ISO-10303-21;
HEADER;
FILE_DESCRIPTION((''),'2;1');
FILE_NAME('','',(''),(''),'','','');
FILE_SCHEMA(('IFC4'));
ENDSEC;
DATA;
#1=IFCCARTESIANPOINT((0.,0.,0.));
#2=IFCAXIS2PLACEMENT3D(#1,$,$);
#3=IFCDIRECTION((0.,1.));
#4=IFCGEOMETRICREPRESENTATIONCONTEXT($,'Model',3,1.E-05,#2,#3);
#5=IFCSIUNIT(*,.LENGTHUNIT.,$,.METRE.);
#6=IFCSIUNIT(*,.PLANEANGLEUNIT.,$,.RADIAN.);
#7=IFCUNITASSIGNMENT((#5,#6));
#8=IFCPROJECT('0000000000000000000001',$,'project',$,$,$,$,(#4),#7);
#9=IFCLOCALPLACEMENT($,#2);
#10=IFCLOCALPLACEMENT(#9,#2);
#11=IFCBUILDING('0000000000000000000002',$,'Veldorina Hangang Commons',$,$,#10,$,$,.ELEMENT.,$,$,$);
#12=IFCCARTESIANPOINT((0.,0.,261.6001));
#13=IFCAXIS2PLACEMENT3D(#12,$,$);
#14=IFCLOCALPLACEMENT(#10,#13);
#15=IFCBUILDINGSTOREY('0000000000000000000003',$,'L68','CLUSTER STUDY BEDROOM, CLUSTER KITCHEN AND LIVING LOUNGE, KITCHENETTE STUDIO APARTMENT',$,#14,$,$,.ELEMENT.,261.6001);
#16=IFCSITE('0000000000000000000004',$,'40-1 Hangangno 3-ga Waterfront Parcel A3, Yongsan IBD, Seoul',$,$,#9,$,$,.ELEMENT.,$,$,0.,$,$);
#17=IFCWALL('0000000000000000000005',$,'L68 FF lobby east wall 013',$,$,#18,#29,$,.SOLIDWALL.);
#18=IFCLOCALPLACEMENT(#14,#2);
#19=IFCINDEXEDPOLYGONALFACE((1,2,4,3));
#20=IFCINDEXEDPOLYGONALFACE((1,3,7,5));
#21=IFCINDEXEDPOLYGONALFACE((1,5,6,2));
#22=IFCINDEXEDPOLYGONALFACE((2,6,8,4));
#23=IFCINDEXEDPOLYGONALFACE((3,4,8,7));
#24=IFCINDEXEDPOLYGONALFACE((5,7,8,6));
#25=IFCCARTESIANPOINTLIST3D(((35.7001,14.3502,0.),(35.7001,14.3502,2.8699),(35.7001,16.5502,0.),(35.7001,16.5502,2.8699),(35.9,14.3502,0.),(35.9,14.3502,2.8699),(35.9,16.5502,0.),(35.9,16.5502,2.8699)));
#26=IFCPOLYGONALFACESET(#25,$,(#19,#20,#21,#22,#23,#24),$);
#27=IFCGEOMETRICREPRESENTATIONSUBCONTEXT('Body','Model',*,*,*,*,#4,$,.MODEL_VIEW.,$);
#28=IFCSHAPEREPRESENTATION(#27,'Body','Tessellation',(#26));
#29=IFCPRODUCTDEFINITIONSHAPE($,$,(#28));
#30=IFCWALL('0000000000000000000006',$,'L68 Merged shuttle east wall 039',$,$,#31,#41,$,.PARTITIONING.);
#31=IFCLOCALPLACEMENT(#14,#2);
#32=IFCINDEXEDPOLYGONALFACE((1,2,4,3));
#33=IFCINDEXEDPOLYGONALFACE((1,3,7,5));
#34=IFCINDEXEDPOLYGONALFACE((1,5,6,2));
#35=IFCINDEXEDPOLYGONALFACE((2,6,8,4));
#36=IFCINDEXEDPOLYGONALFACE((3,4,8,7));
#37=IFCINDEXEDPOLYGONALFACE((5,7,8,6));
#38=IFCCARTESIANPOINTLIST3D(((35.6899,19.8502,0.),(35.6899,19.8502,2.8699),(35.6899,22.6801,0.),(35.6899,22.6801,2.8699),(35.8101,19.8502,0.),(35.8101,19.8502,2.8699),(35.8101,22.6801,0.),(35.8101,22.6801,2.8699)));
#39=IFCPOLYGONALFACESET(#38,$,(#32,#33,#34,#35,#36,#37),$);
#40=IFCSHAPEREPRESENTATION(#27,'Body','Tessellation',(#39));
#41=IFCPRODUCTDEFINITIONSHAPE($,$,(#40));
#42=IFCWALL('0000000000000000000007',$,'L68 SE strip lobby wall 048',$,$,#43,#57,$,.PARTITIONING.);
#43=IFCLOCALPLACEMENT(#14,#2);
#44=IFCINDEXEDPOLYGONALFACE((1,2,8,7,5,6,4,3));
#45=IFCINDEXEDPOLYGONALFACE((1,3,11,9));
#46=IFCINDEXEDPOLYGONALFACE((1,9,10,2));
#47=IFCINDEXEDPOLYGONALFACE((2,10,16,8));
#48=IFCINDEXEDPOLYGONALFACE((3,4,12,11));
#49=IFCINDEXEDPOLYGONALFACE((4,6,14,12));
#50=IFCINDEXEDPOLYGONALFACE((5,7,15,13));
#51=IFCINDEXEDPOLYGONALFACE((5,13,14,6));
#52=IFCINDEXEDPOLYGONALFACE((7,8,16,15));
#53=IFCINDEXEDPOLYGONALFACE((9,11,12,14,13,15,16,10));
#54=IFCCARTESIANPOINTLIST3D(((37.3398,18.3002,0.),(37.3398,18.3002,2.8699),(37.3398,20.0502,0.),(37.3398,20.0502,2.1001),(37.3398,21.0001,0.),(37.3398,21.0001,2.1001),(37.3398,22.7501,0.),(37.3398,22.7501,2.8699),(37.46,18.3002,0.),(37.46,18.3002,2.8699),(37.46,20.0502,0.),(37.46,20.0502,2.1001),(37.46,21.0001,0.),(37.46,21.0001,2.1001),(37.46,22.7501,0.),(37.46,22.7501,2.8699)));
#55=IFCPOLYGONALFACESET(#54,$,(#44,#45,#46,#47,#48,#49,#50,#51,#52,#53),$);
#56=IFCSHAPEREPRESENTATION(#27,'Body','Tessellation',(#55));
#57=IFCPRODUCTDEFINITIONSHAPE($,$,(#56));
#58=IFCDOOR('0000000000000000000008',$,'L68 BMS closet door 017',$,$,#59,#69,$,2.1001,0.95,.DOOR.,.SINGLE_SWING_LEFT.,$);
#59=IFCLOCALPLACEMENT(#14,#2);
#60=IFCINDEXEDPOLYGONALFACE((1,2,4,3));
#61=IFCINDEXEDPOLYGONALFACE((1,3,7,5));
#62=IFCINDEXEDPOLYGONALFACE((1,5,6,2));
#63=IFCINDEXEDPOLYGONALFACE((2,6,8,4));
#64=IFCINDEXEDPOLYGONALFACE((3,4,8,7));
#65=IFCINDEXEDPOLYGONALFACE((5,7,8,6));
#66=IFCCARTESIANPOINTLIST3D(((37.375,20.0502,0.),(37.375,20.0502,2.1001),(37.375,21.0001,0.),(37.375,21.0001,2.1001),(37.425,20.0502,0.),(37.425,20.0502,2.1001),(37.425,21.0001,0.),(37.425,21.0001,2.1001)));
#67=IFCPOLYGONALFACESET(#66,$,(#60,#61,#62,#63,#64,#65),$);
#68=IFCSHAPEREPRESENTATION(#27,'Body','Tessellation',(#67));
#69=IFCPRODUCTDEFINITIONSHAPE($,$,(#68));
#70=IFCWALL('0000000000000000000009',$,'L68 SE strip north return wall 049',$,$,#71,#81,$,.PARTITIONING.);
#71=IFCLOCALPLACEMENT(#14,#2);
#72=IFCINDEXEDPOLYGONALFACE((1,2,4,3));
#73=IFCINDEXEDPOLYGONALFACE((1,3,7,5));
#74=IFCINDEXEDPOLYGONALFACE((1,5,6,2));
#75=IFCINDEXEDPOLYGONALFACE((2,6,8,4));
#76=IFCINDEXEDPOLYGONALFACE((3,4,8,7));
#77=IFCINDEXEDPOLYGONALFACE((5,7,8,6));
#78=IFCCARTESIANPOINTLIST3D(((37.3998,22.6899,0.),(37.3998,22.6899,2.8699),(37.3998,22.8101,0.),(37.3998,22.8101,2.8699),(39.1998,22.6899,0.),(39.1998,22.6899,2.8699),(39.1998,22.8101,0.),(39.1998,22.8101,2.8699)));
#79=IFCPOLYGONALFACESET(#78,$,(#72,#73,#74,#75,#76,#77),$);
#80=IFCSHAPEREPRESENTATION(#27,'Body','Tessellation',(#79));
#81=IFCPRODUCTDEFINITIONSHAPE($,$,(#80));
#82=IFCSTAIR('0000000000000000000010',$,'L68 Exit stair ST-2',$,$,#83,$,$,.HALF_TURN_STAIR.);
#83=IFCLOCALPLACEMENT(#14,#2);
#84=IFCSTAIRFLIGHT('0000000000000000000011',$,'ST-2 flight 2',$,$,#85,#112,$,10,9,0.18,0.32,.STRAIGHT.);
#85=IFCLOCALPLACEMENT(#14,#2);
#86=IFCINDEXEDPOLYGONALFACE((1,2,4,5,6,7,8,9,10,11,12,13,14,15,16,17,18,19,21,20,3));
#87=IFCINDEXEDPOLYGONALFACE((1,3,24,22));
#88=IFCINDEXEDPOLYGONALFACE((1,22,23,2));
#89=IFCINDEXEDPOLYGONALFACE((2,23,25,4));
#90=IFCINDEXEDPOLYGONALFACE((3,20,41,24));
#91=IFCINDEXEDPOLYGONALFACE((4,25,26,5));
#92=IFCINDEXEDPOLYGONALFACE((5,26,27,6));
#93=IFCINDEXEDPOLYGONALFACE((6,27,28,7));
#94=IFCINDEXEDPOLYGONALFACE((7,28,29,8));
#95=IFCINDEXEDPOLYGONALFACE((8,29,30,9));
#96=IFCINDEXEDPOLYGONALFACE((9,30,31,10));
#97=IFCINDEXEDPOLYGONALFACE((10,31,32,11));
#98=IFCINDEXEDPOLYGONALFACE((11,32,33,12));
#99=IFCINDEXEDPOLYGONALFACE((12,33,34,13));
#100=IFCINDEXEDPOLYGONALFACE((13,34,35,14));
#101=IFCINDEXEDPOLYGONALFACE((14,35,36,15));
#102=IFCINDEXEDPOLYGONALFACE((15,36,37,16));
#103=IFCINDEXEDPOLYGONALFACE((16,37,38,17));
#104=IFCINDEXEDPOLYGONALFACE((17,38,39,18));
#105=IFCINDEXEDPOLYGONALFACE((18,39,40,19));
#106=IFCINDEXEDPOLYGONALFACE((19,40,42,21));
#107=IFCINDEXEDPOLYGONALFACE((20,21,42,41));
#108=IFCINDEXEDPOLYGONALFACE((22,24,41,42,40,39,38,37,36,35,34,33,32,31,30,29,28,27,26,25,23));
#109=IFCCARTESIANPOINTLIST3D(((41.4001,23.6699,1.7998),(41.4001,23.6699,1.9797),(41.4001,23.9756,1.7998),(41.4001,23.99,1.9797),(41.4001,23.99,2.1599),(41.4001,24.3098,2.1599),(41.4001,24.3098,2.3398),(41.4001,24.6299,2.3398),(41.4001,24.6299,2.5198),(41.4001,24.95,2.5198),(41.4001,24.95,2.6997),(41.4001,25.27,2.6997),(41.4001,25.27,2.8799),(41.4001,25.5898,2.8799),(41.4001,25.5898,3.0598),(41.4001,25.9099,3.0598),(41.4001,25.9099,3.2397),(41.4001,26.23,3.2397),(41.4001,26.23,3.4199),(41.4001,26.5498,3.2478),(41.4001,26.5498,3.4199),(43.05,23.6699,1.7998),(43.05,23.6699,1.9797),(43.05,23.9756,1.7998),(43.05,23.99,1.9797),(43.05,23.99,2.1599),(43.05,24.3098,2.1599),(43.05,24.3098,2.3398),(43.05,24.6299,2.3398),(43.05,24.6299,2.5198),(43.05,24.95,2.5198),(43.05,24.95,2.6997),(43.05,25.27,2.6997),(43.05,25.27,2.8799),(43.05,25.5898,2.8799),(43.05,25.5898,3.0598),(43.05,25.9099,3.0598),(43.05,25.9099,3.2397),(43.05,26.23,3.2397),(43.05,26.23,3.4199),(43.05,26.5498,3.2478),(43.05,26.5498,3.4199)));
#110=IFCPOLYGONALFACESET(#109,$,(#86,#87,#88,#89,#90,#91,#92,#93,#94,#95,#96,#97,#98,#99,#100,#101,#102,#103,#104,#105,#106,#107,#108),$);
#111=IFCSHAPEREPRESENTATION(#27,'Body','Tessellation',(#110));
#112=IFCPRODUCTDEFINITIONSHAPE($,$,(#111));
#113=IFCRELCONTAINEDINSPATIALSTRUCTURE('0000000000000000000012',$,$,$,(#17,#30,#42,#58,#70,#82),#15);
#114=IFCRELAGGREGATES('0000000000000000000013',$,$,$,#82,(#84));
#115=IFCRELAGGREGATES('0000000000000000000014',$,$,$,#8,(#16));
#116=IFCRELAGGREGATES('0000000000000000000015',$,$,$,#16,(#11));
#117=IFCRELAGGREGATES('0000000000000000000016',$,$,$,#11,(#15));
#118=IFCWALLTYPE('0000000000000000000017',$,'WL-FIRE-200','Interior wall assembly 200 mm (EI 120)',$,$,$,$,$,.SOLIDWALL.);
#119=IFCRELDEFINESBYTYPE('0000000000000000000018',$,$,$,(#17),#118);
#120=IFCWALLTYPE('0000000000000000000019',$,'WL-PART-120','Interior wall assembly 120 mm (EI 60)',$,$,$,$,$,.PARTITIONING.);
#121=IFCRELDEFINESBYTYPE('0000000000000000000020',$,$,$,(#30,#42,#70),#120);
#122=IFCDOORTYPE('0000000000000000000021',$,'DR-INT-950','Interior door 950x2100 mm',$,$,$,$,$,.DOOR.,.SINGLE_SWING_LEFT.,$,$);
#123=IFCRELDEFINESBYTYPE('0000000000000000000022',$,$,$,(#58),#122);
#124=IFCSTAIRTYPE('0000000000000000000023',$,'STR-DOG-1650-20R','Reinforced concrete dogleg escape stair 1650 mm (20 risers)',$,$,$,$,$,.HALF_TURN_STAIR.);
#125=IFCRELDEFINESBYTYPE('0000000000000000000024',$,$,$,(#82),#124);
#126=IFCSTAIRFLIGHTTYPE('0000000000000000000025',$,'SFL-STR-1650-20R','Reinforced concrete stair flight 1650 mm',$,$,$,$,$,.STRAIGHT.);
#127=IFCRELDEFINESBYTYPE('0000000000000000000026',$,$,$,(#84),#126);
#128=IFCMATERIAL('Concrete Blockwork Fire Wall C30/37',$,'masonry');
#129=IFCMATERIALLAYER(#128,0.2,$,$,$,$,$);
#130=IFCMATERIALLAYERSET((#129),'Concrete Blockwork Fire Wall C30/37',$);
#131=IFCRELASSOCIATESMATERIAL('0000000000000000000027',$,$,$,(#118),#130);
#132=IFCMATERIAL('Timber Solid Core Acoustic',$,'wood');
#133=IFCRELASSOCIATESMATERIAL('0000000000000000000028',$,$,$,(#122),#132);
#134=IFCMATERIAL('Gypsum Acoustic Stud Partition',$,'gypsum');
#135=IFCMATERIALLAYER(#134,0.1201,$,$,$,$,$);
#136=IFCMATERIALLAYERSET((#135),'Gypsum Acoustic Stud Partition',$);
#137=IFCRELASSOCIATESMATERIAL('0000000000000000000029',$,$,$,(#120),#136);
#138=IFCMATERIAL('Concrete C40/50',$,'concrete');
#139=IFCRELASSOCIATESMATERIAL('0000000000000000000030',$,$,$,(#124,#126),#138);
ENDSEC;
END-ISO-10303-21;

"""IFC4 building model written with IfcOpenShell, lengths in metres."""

from ifc_helpers import new_model, si_unit, direction, frame, frame_2d, origin, place, context, subcontext, project, spatial, polyline, rectangle, outline, extrude, material, layer, layer_set, type_object, element, fill, aggregate, save


model = new_model("IFC4")

# Units and contexts
model_context = context("Model", 3, precision=1e-05, world=origin(), true_north=direction((0.0, 1.0)))
body_context = subcontext(model_context, "Body", "Model", "MODEL_VIEW")
ifc_project = project(units=[si_unit("LENGTHUNIT", "METRE"), si_unit("PLANEANGLEUNIT", "RADIAN")], contexts=[model_context])

# Site, building, storey
site_placement = place(None, origin())
site = spatial("IfcSite", under=ifc_project, at=site_placement, Name="40-1 Hangangno 3-ga Waterfront Parcel A3, Yongsan IBD, Seoul", CompositionType="ELEMENT", RefElevation=0.0)
building_placement = place(site_placement, origin())
building = spatial("IfcBuilding", under=site, at=building_placement, Name="Veldorina Hangang Commons", CompositionType="ELEMENT")
storey_placement = place(building_placement, frame((0.0, 0.0, 261.6001)))
storey = spatial("IfcBuildingStorey", under=building, at=storey_placement, Name="L68", Description="CLUSTER STUDY BEDROOM, CLUSTER KITCHEN AND LIVING LOUNGE, KITCHENETTE STUDIO APARTMENT", CompositionType="ELEMENT", Elevation=261.6001)

# Shared definitions
ifc_material_1 = material(Name="Concrete Blockwork Fire Wall C30/37", Category="masonry")
ifc_layer_1 = layer(ifc_material_1, 0.2)
ifc_layer_set_1 = layer_set([ifc_layer_1], Name="Concrete Blockwork Fire Wall C30/37")
wall_type_1 = type_object("IfcWallType", Name="WL-FIRE-200", Description="Interior wall assembly 200 mm (EI 120)", PredefinedType="SOLIDWALL", material=ifc_layer_set_1)
ifc_material_2 = material(Name="Timber Solid Core Acoustic", Category="wood")
door_type_1 = type_object("IfcDoorType", Name="DR-INT-950", Description="Interior door 950x2100 mm", OperationType="SINGLE_SWING_LEFT", PredefinedType="DOOR", material=ifc_material_2)

# Walls
wall_1_placement = place(storey_placement, frame((35.8, 14.3501, 0.0), z_axis=(0.0, 0.0, 1.0), x_axis=(0.0, 1.0, 0.0)))
element("IfcWall", 1, at=wall_1_placement, inside=storey, type_object=wall_type_1, Name="L68 FF lobby east wall 013", PredefinedType="SOLIDWALL", context=body_context, shape_type="SweptSolid", body=[
    extrude(rectangle(XDim=2.2, YDim=0.2, at=frame_2d((1.1001, 0.0))), origin(), (0.0, 0.0, 1.0), 2.8699),
])
ifc_material_3 = material(Name="Gypsum Acoustic Stud Partition", Category="gypsum")
ifc_layer_2 = layer(ifc_material_3, 0.1201)
ifc_layer_set_2 = layer_set([ifc_layer_2], Name="Gypsum Acoustic Stud Partition")
wall_type_2 = type_object("IfcWallType", Name="WL-PART-120", Description="Interior wall assembly 120 mm (EI 60)", PredefinedType="PARTITIONING", material=ifc_layer_set_2)
wall_2_placement = place(storey_placement, frame((35.75, 19.8501, 0.0), z_axis=(0.0, 0.0, 1.0), x_axis=(0.0, 1.0, 0.0)))
element("IfcWall", 2, at=wall_2_placement, inside=storey, type_object=wall_type_2, Name="L68 Merged shuttle east wall 039", PredefinedType="PARTITIONING", context=body_context, shape_type="SweptSolid", body=[
    extrude(rectangle(XDim=2.8298, YDim=0.1201, at=frame_2d((1.415, 0.0))), origin(), (0.0, 0.0, 1.0), 2.8699),
])

# Wall, opening, door
wall_3_placement = place(storey_placement, frame((37.3999, 18.3, 0.0), z_axis=(0.0, 0.0, 1.0), x_axis=(0.0, 1.0, 0.0)))
wall_3 = element("IfcWall", 3, at=wall_3_placement, inside=storey, type_object=wall_type_2, Name="L68 SE strip lobby wall 048", PredefinedType="PARTITIONING", context=body_context, shape_type="SweptSolid", body=[
    extrude(rectangle(XDim=4.45, YDim=0.1201, at=frame_2d((2.2251, 0.0))), origin(), (0.0, 0.0, 1.0), 2.8699),
])
opening_1_placement = place(wall_3_placement, frame((1.75, 0.0, 0.0)))
opening_1 = element("IfcOpeningElement", 4, at=opening_1_placement, cuts=wall_3, PredefinedType="OPENING", context=body_context, shape_type="SweptSolid", body=[
    extrude(rectangle(XDim=0.95, YDim=2.1001, at=frame_2d((0.4751, 1.05))), frame((0.0, 0.0701, 0.0), z_axis=(0.0, -1.0, 0.0), x_axis=(1.0, 0.0, 0.0)), (0.0, 0.0, 1.0), 0.1401),
])
door_1_placement = place(opening_1_placement, origin())
door_1 = element("IfcDoor", 5, at=door_1_placement, inside=storey, type_object=door_type_1, Name="L68 BMS closet door 017", OperationType="SINGLE_SWING_LEFT", OverallHeight=2.1001, OverallWidth=0.95, PredefinedType="DOOR", context=body_context, shape_type="SweptSolid", body=[
    extrude(rectangle(XDim=0.95, YDim=2.1001, at=frame_2d((0.4751, 1.05))), frame((0.0, 0.0249, 0.0), z_axis=(0.0, -1.0, 0.0), x_axis=(1.0, 0.0, 0.0)), (0.0, 0.0, 1.0), 0.05),
])
fill(opening_1, door_1)

# Wall
wall_4_placement = place(storey_placement, frame((37.3999, 22.75, 0.0), z_axis=(0.0, 0.0, 1.0), x_axis=(1.0, 0.0, 0.0)))
element("IfcWall", 6, at=wall_4_placement, inside=storey, type_object=wall_type_2, Name="L68 SE strip north return wall 049", PredefinedType="PARTITIONING", context=body_context, shape_type="SweptSolid", body=[
    extrude(rectangle(XDim=1.8, YDim=0.1201, at=frame_2d((0.8999, 0.0))), origin(), (0.0, 0.0, 1.0), 2.8699),
])

# Stair, stair flight
ifc_material_4 = material(Name="Concrete C40/50", Category="concrete")
stair_type = type_object("IfcStairType", Name="STR-DOG-1650-20R", Description="Reinforced concrete dogleg escape stair 1650 mm (20 risers)", PredefinedType="HALF_TURN_STAIR", material=ifc_material_4)
stair_placement = place(storey_placement, origin())
stair = element("IfcStair", 7, at=stair_placement, inside=storey, type_object=stair_type, Name="L68 Exit stair ST-2", PredefinedType="HALF_TURN_STAIR")
stair_flight_type = type_object("IfcStairFlightType", Name="SFL-STR-1650-20R", Description="Reinforced concrete stair flight 1650 mm", PredefinedType="STRAIGHT", material=ifc_material_4)
stair_flight_placement = place(storey_placement, frame((42.2251, 23.6699, 1.7998), z_axis=(0.0, 0.0, 1.0), x_axis=(0.0, 1.0, 0.0)))
stair_flight = element("IfcStairFlight", 8, at=stair_flight_placement, type_object=stair_flight_type, Name="ST-2 flight 2", NumberOfRisers=10, NumberOfTreads=9, PredefinedType="STRAIGHT", RiserHeight=0.18, TreadLength=0.32, context=body_context, shape_type="SweptSolid", body=[
    extrude(outline(polyline([(0.0, 0.0), (0.0, 0.1799), (0.3201, 0.1799), (0.3201, 0.3601), (0.6399, 0.3601), (0.6399, 0.54), (0.96, 0.54), (0.96, 0.72), (1.28, 0.72), (1.28, 0.8999), (1.6001, 0.8999), (1.6001, 1.0801), (1.9199, 1.0801), (1.9199, 1.26), (2.24, 1.26), (2.24, 1.4399), (2.5601, 1.4399), (2.5601, 1.6201), (2.8799, 1.6201), (2.8799, 1.8), (2.8799, 1.448), (0.3057, 0.0), (0.0, 0.0)])), frame((0.0, 0.825, 0.0), z_axis=(0.0, -1.0, 0.0), x_axis=(1.0, 0.0, 0.0)), (0.0, 0.0, 1.0), 1.6499),
])
aggregate(stair, [stair_flight])

save(model, "model.ifc")
